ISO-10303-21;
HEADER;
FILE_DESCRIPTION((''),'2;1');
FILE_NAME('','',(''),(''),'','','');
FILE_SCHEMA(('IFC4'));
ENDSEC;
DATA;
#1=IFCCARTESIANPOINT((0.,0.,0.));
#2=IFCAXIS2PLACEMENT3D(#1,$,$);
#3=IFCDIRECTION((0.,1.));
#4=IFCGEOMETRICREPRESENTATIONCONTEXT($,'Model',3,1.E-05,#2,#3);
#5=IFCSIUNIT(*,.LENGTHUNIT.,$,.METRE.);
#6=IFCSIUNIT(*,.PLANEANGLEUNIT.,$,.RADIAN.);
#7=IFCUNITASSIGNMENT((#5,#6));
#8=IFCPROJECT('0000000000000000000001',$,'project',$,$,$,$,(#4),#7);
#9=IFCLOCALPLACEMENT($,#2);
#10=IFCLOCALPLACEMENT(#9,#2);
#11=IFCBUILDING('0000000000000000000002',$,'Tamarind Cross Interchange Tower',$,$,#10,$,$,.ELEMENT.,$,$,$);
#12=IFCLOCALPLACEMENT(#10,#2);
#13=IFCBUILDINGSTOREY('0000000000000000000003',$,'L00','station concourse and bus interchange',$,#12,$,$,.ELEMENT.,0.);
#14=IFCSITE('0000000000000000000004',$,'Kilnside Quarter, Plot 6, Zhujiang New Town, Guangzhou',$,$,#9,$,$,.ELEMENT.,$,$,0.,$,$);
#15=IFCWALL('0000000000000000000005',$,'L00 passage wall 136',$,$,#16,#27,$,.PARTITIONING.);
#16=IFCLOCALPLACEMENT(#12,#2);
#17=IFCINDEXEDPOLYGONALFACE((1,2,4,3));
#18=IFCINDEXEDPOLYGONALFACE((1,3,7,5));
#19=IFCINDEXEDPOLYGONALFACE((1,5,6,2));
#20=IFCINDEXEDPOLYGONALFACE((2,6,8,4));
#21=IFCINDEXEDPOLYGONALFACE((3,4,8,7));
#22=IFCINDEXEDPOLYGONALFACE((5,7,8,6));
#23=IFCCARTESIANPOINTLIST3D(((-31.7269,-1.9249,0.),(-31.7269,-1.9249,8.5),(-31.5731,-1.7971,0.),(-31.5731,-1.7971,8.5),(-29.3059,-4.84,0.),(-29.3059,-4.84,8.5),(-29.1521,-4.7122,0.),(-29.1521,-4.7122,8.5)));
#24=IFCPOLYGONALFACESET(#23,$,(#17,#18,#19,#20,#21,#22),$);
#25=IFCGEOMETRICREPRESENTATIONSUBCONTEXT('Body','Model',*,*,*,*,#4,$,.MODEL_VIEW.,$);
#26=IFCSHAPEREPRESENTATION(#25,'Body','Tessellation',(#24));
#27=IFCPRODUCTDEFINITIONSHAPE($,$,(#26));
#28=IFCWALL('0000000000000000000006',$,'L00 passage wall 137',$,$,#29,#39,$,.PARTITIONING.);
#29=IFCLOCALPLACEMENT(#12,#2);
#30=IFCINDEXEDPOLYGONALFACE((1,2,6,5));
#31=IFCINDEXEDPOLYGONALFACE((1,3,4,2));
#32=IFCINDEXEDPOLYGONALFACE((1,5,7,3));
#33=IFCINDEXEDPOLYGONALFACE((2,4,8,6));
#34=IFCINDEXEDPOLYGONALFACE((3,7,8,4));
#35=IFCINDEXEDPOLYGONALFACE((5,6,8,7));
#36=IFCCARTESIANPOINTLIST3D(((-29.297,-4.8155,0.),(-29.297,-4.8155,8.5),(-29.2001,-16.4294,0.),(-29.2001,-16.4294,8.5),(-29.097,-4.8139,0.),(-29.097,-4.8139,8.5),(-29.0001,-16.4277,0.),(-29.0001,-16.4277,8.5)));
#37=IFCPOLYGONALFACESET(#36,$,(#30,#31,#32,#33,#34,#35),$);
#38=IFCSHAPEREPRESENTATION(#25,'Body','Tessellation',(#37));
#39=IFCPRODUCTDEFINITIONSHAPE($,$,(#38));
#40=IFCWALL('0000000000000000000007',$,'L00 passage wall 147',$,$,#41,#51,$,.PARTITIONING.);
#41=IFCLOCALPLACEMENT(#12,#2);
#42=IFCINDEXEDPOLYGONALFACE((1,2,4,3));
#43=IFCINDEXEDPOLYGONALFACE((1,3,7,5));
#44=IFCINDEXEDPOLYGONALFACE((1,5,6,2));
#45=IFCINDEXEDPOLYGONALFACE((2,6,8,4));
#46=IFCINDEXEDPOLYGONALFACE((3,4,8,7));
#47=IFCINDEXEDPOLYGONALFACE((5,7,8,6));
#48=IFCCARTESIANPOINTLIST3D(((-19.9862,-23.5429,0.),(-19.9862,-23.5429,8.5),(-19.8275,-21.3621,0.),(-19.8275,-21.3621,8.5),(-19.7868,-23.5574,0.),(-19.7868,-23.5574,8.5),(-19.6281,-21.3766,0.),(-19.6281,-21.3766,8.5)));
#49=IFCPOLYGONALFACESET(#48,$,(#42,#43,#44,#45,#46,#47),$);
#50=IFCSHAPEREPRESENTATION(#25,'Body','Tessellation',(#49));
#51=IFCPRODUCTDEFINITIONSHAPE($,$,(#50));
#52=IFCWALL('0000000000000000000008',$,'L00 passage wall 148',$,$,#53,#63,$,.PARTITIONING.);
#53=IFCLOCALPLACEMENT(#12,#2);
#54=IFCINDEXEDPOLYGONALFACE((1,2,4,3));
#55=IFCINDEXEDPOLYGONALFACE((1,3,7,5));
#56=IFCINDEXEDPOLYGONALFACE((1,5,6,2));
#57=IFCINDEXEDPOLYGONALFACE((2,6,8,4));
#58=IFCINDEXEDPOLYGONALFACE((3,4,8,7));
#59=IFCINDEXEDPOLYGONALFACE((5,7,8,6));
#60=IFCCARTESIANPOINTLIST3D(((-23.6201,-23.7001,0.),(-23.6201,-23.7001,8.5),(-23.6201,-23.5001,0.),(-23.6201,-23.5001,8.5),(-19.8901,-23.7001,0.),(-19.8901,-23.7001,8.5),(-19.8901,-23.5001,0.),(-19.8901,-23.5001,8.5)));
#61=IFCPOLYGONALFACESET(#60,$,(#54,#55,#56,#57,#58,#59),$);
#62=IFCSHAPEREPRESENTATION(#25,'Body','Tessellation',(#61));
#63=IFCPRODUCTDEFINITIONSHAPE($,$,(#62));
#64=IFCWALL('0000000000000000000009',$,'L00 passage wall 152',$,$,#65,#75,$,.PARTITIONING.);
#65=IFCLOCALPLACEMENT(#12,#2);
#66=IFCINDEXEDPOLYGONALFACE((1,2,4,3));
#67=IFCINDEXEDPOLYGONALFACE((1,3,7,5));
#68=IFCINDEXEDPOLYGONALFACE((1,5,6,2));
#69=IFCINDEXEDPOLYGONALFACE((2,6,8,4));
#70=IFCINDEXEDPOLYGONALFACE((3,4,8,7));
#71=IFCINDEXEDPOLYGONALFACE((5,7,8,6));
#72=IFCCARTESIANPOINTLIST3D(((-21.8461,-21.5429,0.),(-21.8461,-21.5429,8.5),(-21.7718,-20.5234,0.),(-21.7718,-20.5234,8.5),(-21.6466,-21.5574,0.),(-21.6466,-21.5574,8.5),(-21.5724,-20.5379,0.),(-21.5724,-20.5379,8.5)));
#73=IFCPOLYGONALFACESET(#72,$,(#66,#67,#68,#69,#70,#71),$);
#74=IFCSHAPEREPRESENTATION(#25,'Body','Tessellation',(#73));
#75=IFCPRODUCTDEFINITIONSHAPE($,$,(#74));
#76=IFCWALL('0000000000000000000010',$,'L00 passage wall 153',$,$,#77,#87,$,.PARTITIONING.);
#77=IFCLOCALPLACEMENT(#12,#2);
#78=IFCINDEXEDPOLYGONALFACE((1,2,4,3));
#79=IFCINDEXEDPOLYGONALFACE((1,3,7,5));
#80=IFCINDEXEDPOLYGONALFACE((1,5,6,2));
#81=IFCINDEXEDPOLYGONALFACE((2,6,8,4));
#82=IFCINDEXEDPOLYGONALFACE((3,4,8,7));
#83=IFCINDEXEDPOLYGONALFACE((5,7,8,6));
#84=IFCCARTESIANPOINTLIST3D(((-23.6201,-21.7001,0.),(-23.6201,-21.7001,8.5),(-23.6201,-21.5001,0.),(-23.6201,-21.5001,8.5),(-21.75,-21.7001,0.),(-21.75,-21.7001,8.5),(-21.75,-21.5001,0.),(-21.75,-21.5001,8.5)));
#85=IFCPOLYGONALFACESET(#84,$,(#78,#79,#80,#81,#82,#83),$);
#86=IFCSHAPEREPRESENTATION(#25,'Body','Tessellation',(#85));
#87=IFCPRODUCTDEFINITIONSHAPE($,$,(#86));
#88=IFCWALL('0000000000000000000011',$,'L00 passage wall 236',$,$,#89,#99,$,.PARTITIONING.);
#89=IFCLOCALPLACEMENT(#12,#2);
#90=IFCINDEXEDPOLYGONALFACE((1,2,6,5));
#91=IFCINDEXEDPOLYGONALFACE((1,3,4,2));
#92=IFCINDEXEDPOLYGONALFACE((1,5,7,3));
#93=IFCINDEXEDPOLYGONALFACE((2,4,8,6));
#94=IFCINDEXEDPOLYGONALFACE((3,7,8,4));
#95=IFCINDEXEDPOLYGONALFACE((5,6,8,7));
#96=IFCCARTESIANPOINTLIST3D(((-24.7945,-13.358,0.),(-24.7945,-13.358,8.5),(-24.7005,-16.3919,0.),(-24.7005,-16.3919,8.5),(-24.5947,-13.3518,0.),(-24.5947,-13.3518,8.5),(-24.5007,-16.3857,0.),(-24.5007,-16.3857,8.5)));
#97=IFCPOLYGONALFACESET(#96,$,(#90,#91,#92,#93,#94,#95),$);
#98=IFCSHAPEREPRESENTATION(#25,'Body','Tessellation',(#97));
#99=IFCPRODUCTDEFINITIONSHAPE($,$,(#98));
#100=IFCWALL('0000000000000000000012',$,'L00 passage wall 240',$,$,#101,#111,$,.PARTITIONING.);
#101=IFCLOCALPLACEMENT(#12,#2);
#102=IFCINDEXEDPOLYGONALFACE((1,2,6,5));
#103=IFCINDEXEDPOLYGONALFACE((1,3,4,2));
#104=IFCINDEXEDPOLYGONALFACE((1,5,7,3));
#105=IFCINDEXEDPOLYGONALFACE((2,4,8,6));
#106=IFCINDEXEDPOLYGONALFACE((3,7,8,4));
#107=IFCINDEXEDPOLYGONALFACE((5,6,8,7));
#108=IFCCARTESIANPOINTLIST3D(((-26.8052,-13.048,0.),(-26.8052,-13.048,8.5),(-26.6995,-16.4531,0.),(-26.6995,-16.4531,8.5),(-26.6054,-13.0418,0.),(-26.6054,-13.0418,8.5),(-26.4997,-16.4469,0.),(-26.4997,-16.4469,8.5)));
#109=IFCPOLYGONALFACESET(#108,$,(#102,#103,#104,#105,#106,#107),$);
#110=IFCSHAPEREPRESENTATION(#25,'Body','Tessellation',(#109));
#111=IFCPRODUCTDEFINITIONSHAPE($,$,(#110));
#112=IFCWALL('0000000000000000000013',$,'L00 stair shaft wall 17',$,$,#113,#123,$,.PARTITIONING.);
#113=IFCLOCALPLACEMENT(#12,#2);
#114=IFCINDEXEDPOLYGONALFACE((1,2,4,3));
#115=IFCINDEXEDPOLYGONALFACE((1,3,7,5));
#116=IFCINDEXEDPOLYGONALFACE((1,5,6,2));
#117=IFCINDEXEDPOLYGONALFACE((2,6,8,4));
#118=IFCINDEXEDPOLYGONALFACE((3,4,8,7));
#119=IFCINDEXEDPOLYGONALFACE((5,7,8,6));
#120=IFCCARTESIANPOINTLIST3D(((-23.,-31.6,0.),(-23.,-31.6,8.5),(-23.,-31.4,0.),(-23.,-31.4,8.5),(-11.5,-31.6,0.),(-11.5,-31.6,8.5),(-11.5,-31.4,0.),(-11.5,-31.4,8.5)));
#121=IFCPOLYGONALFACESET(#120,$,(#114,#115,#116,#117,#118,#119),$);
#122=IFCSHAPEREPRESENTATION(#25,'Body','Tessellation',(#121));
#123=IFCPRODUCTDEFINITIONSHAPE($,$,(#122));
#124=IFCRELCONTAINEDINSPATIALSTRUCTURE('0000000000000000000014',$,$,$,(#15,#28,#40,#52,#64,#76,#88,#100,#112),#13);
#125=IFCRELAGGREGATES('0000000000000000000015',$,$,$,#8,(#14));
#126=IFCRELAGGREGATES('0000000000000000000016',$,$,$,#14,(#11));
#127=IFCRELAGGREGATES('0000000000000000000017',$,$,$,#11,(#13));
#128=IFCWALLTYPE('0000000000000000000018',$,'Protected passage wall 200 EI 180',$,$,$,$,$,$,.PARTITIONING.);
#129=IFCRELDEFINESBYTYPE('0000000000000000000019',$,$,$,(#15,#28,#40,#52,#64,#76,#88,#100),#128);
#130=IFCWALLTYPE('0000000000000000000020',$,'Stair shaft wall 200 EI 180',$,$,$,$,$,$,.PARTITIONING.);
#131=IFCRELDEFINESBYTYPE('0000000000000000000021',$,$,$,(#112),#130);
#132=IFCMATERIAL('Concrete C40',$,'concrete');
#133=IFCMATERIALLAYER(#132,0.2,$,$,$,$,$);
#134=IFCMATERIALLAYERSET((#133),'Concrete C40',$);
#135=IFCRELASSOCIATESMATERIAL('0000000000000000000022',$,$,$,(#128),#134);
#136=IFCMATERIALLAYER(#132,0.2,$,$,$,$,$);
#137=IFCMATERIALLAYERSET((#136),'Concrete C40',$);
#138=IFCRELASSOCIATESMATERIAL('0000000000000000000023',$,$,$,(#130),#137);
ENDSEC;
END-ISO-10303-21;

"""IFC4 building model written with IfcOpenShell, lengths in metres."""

from ifc_helpers import new_model, si_unit, direction, frame, frame_2d, origin, place, context, subcontext, project, spatial, rectangle, extrude, material, layer, layer_set, type_object, element, save


model = new_model("IFC4")

# Units and contexts
model_context = context("Model", 3, precision=1e-05, world=origin(), true_north=direction((0.0, 1.0)))
body_context = subcontext(model_context, "Body", "Model", "MODEL_VIEW")
ifc_project = project(units=[si_unit("LENGTHUNIT", "METRE"), si_unit("PLANEANGLEUNIT", "RADIAN")], contexts=[model_context])

# Site, building, storey
site_placement = place(None, origin())
site = spatial("IfcSite", under=ifc_project, at=site_placement, Name="Kilnside Quarter, Plot 6, Zhujiang New Town, Guangzhou", CompositionType="ELEMENT", RefElevation=0.0)
building_placement = place(site_placement, origin())
building = spatial("IfcBuilding", under=site, at=building_placement, Name="Tamarind Cross Interchange Tower", CompositionType="ELEMENT")
storey_placement = place(building_placement, origin())
storey = spatial("IfcBuildingStorey", under=building, at=storey_placement, Name="L00", Description="station concourse and bus interchange", CompositionType="ELEMENT", Elevation=0.0)

# Walls
ifc_material_1 = material(Name="Concrete C40", Category="concrete")
ifc_layer_1 = layer(ifc_material_1, 0.2)
ifc_layer_set_1 = layer_set([ifc_layer_1], Name="Concrete C40")
wall_type_1 = type_object("IfcWallType", Name="Protected passage wall 200 EI 180", PredefinedType="PARTITIONING", material=ifc_layer_set_1)
wall_1_placement = place(storey_placement, frame((-31.6499, -1.8611, 0.0), z_axis=(0.0, 0.0, 1.0), x_axis=(0.638891, -0.769298, 0.0)))
element("IfcWall", 1, at=wall_1_placement, inside=storey, type_object=wall_type_1, Name="L00 passage wall 136", PredefinedType="PARTITIONING", context=body_context, shape_type="SweptSolid", body=[
    extrude(rectangle(XDim=3.7893, YDim=0.2, at=frame_2d((1.8945, 0.0))), origin(), (0.0, 0.0, 1.0), 8.5),
])
wall_2_placement = place(storey_placement, frame((-29.197, -4.8147, 0.0), z_axis=(0.0, 0.0, 1.0), x_axis=(0.008345, -0.999965, 0.0)))
element("IfcWall", 2, at=wall_2_placement, inside=storey, type_object=wall_type_1, Name="L00 passage wall 137", PredefinedType="PARTITIONING", context=body_context, shape_type="SweptSolid", body=[
    extrude(rectangle(XDim=11.6143, YDim=0.2, at=frame_2d((5.8071, 0.0))), origin(), (0.0, 0.0, 1.0), 8.5),
])
wall_3_placement = place(storey_placement, frame((-19.7278, -21.3694, 0.0), z_axis=(0.0, 0.0, 1.0), x_axis=(-0.07258, -0.997363, 0.0)))
element("IfcWall", 3, at=wall_3_placement, inside=storey, type_object=wall_type_1, Name="L00 passage wall 147", PredefinedType="PARTITIONING", context=body_context, shape_type="SweptSolid", body=[
    extrude(rectangle(XDim=2.1865, YDim=0.2, at=frame_2d((1.0933, 0.0))), origin(), (0.0, 0.0, 1.0), 8.5),
])
wall_4_placement = place(storey_placement, frame((-19.8901, -23.6001, 0.0), z_axis=(0.0, 0.0, 1.0), x_axis=(-1.0, 0.0, 0.0)))
element("IfcWall", 4, at=wall_4_placement, inside=storey, type_object=wall_type_1, Name="L00 passage wall 148", PredefinedType="PARTITIONING", context=body_context, shape_type="SweptSolid", body=[
    extrude(rectangle(XDim=3.73, YDim=0.2, at=frame_2d((1.865, 0.0))), origin(), (0.0, 0.0, 1.0), 8.5),
])
wall_5_placement = place(storey_placement, frame((-21.6721, -20.5305, 0.0), z_axis=(0.0, 0.0, 1.0), x_axis=(-0.072605, -0.997361, 0.0)))
element("IfcWall", 5, at=wall_5_placement, inside=storey, type_object=wall_type_1, Name="L00 passage wall 152", PredefinedType="PARTITIONING", context=body_context, shape_type="SweptSolid", body=[
    extrude(rectangle(XDim=1.0222, YDim=0.2, at=frame_2d((0.5112, 0.0))), origin(), (0.0, 0.0, 1.0), 8.5),
])
wall_6_placement = place(storey_placement, frame((-21.75, -21.6001, 0.0), z_axis=(0.0, 0.0, 1.0), x_axis=(-1.0, 0.0, 0.0)))
element("IfcWall", 6, at=wall_6_placement, inside=storey, type_object=wall_type_1, Name="L00 passage wall 153", PredefinedType="PARTITIONING", context=body_context, shape_type="SweptSolid", body=[
    extrude(rectangle(XDim=1.8701, YDim=0.2, at=frame_2d((0.9351, 0.0))), origin(), (0.0, 0.0, 1.0), 8.5),
])
wall_7_placement = place(storey_placement, frame((-24.6946, -13.355, 0.0), z_axis=(0.0, 0.0, 1.0), x_axis=(0.030966, -0.99952, 0.0)))
element("IfcWall", 7, at=wall_7_placement, inside=storey, type_object=wall_type_1, Name="L00 passage wall 236", PredefinedType="PARTITIONING", context=body_context, shape_type="SweptSolid", body=[
    extrude(rectangle(XDim=3.0354, YDim=0.2, at=frame_2d((1.5176, 0.0))), origin(), (0.0, 0.0, 1.0), 8.5),
])
wall_8_placement = place(storey_placement, frame((-26.7053, -13.0449, 0.0), z_axis=(0.0, 0.0, 1.0), x_axis=(0.031031, -0.999518, 0.0)))
element("IfcWall", 8, at=wall_8_placement, inside=storey, type_object=wall_type_1, Name="L00 passage wall 240", PredefinedType="PARTITIONING", context=body_context, shape_type="SweptSolid", body=[
    extrude(rectangle(XDim=3.4067, YDim=0.2, at=frame_2d((1.7034, 0.0))), origin(), (0.0, 0.0, 1.0), 8.5),
])
ifc_layer_2 = layer(ifc_material_1, 0.2)
ifc_layer_set_2 = layer_set([ifc_layer_2], Name="Concrete C40")
wall_type_2 = type_object("IfcWallType", Name="Stair shaft wall 200 EI 180", PredefinedType="PARTITIONING", material=ifc_layer_set_2)
wall_9_placement = place(storey_placement, frame((-23.0, -31.5, 0.0), z_axis=(0.0, 0.0, 1.0), x_axis=(1.0, 0.0, 0.0)))
element("IfcWall", 9, at=wall_9_placement, inside=storey, type_object=wall_type_2, Name="L00 stair shaft wall 17", PredefinedType="PARTITIONING", context=body_context, shape_type="SweptSolid", body=[
    extrude(rectangle(XDim=11.5, YDim=0.2, at=frame_2d((5.75, 0.0))), origin(), (0.0, 0.0, 1.0), 8.5),
])

save(model, "model.ifc")
